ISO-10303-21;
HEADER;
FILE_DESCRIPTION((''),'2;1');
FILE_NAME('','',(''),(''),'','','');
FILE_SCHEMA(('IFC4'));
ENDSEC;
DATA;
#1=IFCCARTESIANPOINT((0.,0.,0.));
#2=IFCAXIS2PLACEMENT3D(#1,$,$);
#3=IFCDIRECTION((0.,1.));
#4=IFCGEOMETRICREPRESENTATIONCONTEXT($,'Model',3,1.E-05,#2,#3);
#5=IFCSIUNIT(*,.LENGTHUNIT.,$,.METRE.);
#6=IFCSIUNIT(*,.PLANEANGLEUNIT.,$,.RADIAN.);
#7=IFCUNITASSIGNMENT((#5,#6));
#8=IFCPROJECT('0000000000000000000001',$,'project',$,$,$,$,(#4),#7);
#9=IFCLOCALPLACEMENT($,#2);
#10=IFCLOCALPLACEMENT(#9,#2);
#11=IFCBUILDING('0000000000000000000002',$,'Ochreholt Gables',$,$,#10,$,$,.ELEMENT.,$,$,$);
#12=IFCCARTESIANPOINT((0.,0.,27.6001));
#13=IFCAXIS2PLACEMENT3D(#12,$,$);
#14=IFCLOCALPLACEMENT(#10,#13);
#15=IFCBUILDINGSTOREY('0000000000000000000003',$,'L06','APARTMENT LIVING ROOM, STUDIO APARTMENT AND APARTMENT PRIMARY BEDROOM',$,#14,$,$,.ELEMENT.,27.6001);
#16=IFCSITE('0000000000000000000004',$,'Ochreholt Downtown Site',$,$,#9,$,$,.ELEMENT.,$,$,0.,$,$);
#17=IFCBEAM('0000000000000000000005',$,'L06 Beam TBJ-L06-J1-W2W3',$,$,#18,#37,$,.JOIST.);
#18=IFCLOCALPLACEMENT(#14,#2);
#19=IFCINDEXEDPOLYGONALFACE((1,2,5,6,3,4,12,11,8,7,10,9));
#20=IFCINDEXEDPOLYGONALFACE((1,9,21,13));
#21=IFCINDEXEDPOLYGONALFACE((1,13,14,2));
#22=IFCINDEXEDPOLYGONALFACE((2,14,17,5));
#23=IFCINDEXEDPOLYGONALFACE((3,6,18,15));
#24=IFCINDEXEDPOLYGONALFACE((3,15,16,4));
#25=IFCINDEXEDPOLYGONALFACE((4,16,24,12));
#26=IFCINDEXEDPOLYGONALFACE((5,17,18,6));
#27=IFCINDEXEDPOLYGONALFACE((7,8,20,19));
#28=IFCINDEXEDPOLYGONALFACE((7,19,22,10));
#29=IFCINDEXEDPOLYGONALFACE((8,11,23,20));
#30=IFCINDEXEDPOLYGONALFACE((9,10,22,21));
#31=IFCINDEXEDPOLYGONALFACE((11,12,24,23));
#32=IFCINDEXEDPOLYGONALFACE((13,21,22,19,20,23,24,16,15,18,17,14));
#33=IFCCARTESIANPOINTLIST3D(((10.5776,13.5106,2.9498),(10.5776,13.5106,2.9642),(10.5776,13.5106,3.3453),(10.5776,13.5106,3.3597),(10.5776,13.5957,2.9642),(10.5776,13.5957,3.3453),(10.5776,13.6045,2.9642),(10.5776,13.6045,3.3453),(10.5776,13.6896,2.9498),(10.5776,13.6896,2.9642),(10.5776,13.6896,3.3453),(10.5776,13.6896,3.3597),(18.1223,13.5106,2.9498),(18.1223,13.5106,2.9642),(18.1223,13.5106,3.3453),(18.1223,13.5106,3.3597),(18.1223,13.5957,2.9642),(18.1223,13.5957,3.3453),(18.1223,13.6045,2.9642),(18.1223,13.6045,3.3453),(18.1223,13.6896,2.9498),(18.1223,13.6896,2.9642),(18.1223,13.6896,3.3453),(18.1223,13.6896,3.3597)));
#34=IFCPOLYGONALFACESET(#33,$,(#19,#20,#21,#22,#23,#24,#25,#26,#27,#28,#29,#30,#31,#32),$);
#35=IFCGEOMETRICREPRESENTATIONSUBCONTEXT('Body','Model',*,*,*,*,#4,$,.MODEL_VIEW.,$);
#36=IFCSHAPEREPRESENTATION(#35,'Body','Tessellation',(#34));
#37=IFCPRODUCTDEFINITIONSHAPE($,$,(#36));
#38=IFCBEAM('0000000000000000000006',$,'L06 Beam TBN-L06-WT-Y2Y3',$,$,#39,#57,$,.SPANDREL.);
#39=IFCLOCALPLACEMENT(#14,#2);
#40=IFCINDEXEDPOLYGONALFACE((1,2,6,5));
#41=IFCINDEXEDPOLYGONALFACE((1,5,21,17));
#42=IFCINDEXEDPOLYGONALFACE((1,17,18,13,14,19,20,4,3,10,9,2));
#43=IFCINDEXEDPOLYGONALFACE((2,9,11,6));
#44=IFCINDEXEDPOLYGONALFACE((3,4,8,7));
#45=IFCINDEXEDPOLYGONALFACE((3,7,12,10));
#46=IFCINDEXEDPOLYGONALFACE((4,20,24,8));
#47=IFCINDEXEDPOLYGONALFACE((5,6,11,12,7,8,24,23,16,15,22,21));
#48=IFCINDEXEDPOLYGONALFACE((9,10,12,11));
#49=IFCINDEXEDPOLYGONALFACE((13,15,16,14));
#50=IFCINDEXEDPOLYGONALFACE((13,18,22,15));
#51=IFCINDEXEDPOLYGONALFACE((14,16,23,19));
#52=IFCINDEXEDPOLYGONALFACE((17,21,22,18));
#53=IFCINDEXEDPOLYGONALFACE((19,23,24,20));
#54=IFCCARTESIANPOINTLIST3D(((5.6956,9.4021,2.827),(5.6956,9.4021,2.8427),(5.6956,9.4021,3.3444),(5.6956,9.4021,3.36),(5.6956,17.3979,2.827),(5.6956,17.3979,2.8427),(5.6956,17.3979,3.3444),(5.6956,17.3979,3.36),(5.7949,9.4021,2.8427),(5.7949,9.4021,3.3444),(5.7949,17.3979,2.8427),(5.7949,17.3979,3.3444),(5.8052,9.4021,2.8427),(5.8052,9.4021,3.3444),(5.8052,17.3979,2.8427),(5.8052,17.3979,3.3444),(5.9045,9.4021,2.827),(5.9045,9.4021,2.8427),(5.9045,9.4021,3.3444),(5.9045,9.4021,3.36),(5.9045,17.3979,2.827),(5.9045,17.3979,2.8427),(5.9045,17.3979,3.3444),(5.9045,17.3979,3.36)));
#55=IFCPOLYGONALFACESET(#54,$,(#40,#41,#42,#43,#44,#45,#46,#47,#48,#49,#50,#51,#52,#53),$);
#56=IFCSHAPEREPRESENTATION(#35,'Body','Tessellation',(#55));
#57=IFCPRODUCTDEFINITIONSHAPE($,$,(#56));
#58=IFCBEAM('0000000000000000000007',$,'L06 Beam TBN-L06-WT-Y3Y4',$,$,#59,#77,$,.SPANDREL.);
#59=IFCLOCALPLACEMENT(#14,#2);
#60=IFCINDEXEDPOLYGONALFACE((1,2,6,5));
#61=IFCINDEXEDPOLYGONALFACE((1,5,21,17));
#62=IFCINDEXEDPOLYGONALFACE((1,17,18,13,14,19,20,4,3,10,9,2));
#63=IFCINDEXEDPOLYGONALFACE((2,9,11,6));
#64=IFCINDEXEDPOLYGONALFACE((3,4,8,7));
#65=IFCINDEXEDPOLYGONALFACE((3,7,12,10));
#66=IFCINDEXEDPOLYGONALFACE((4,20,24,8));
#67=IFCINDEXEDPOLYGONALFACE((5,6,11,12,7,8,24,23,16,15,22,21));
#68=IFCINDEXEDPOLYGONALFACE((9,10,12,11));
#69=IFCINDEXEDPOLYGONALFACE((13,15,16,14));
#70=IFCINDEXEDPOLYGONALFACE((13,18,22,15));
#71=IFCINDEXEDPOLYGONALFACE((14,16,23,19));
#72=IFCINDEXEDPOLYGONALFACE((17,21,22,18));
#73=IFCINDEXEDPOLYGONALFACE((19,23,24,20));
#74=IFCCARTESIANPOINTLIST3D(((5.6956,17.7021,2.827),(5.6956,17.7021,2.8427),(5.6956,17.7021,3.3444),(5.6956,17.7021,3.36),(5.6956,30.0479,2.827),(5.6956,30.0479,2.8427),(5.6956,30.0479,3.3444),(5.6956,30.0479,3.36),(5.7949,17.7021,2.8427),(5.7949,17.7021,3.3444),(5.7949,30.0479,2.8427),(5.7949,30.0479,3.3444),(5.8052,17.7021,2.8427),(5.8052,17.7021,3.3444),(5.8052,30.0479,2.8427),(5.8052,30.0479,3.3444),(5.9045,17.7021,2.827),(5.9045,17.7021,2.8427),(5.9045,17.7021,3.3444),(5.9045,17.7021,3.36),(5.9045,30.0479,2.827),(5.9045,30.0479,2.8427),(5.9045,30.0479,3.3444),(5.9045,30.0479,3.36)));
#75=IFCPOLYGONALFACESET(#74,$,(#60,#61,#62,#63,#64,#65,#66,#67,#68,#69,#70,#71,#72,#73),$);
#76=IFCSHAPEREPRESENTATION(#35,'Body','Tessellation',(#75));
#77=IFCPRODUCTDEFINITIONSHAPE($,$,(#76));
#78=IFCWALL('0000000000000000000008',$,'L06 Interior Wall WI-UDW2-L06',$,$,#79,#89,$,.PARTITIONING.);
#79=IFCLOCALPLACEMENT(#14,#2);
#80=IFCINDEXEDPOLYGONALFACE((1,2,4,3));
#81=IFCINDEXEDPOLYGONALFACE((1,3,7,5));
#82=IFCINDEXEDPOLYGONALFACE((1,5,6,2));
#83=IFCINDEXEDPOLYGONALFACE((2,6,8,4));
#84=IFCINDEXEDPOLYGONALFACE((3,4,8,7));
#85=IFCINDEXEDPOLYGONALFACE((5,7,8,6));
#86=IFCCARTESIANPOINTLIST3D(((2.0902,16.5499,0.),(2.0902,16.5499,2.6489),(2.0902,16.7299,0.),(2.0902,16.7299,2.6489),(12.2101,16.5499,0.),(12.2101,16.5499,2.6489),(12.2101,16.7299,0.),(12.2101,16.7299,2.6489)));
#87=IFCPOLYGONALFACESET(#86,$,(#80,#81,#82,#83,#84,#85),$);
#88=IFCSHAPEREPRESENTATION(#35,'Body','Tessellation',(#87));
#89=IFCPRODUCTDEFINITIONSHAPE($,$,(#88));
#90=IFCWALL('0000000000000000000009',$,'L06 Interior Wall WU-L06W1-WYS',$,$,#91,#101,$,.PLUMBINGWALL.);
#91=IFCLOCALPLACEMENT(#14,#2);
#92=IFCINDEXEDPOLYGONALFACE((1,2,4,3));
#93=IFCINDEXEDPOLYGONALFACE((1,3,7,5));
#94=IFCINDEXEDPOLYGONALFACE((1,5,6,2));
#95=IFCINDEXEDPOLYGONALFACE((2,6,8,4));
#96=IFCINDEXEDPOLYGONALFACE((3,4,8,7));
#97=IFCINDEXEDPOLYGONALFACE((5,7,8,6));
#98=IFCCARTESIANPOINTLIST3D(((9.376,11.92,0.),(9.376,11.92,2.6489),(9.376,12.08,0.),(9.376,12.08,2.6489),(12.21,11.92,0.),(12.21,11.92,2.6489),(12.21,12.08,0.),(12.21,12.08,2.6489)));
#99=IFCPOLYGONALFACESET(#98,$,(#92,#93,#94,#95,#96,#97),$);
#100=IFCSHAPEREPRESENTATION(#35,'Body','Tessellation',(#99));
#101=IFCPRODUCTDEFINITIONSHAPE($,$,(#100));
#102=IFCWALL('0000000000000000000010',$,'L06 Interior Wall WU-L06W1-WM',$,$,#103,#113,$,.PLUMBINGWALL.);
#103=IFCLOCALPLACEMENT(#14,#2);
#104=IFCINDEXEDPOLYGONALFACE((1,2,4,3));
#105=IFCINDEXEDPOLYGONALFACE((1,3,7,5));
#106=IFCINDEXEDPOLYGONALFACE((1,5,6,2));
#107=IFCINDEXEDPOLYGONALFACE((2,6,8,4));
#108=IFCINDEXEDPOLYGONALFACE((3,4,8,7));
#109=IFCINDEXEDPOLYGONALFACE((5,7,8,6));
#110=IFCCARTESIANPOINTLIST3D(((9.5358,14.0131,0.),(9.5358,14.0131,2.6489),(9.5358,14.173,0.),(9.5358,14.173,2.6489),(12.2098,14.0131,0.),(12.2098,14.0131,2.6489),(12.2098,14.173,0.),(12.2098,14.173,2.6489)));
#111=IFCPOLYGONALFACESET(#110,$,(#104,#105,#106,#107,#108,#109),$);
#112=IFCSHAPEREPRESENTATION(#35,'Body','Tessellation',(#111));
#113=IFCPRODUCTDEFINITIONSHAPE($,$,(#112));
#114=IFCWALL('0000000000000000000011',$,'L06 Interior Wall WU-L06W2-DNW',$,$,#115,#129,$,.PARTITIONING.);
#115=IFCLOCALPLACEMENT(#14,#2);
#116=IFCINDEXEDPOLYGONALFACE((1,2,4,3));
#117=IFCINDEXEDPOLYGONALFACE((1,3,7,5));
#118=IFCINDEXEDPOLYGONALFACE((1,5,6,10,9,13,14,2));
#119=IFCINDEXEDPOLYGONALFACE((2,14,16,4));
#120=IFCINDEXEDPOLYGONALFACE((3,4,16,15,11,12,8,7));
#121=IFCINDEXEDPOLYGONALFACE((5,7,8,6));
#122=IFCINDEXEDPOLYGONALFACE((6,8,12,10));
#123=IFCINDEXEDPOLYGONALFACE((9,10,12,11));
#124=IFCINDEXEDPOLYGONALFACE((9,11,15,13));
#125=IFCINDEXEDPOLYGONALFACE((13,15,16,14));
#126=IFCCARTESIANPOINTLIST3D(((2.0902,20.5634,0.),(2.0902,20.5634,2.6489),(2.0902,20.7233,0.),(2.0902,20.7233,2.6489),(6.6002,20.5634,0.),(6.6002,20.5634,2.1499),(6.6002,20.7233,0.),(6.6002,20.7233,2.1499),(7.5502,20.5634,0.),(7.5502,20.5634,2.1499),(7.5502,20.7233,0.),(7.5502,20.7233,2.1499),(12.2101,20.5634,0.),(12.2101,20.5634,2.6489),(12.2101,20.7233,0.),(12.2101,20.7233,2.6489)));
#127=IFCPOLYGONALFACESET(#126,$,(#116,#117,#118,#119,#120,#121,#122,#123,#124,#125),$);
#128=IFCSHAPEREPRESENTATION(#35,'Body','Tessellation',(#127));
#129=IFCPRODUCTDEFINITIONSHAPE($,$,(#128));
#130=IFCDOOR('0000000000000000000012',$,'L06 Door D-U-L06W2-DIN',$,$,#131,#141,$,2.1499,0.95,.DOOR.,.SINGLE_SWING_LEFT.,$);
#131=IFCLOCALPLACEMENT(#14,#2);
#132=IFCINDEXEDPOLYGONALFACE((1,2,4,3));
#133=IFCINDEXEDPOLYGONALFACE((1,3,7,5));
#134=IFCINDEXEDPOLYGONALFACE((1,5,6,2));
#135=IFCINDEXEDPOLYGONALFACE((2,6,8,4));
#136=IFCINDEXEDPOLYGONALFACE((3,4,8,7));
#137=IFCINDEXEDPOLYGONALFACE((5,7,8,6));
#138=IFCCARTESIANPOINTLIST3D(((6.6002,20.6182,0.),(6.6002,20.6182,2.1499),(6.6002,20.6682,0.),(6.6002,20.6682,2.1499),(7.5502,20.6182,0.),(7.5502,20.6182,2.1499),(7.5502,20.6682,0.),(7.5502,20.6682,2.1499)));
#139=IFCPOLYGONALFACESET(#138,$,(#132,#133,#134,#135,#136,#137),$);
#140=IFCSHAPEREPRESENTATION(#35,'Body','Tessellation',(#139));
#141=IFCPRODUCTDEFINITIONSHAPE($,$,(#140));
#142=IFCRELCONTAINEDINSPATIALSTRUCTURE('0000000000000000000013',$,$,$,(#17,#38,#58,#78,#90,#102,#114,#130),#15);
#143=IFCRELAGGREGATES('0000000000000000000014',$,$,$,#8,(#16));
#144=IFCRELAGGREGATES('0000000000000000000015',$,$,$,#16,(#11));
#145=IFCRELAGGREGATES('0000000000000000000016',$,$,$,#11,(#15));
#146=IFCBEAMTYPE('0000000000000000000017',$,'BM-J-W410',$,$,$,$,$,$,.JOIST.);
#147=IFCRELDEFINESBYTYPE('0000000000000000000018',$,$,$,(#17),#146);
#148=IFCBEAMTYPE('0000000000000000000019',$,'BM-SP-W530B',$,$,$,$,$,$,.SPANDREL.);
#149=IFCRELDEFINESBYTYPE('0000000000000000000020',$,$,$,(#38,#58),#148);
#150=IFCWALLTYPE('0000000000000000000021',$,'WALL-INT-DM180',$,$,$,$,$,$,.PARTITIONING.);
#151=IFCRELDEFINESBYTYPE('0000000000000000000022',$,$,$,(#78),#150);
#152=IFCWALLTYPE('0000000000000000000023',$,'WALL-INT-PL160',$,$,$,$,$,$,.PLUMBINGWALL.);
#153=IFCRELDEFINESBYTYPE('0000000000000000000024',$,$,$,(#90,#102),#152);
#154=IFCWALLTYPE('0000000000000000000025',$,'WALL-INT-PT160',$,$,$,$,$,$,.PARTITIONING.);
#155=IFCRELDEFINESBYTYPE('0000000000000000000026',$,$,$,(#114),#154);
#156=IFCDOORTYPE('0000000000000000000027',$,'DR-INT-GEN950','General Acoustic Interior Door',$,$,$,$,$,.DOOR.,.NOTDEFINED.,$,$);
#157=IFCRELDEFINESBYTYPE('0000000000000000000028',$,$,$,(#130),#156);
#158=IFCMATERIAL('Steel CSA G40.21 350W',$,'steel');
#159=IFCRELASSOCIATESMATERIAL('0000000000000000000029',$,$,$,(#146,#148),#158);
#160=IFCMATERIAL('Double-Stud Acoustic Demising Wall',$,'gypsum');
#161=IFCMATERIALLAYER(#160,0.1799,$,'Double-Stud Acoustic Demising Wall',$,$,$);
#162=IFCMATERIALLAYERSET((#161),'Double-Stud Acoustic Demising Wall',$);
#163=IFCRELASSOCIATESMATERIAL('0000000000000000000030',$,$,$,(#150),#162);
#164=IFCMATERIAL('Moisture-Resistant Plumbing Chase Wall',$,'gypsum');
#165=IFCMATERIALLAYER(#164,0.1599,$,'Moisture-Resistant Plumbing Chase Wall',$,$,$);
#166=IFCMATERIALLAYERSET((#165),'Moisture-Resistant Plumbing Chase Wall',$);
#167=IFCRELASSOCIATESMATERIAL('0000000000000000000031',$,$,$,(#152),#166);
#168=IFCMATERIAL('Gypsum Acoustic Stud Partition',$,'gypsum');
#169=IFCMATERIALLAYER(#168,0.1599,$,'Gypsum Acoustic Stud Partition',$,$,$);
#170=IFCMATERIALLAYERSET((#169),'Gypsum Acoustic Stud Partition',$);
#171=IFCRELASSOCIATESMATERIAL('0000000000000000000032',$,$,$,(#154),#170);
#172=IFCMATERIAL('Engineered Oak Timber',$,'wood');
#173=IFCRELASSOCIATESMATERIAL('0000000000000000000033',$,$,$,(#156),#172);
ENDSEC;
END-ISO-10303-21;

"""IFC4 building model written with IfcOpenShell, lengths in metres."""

from ifc_helpers import new_model, si_unit, direction, frame, frame_2d, origin, origin_2d, place, context, subcontext, project, spatial, rectangle, i_section, extrude, material, layer, layer_set, material_profile, profile_set, type_object, element, fill, save


model = new_model("IFC4")

# Units and contexts
model_context = context("Model", 3, precision=1e-05, world=origin(), true_north=direction((0.0, 1.0)))
body_context = subcontext(model_context, "Body", "Model", "MODEL_VIEW")
ifc_project = project(units=[si_unit("LENGTHUNIT", "METRE"), si_unit("PLANEANGLEUNIT", "RADIAN")], contexts=[model_context])

# Site, building, storey
site_placement = place(None, origin())
site = spatial("IfcSite", under=ifc_project, at=site_placement, Name="Ochreholt Downtown Site", CompositionType="ELEMENT", RefElevation=0.0)
building_placement = place(site_placement, origin())
building = spatial("IfcBuilding", under=site, at=building_placement, Name="Ochreholt Gables", CompositionType="ELEMENT")
storey_placement = place(building_placement, frame((0.0, 0.0, 27.6001)))
storey = spatial("IfcBuildingStorey", under=building, at=storey_placement, Name="L06", Description="APARTMENT LIVING ROOM, STUDIO APARTMENT AND APARTMENT PRIMARY BEDROOM", CompositionType="ELEMENT", Elevation=27.6001)

# Shared definitions
ifc_material_1 = material(Name="Steel CSA G40.21 350W", Category="steel")

# Beams
ifc_material_profile_1 = material_profile(ifc_material_1, i_section(OverallWidth=0.179, OverallDepth=0.4099, WebThickness=0.0088, FlangeThickness=0.0144, at=origin_2d()), Name="W410X67")
ifc_profile_set_1 = profile_set([ifc_material_profile_1], Name="Steel CSA G40.21 350W")
beam_type_1 = type_object("IfcBeamType", Name="BM-J-W410", PredefinedType="JOIST", material=ifc_profile_set_1)
beam_1_placement = place(storey_placement, frame((10.5776, 13.6001, 3.1548), z_axis=(1.0, 0.0, 0.0), x_axis=(0.0, 1.0, 0.0)))
element("IfcBeam", 1, at=beam_1_placement, inside=storey, type_object=beam_type_1, Name="L06 Beam TBJ-L06-J1-W2W3", PredefinedType="JOIST", context=body_context, shape_type="SweptSolid", body=[
    extrude(i_section(OverallWidth=0.179, OverallDepth=0.4099, WebThickness=0.0088, FlangeThickness=0.0144, at=origin_2d()), origin(), (0.0, 0.0, 1.0), 7.5447),
])
ifc_material_profile_2 = material_profile(ifc_material_1, i_section(OverallWidth=0.209, OverallDepth=0.533, WebThickness=0.0103, FlangeThickness=0.0156, at=origin_2d()), Name="W530X92")
ifc_profile_set_2 = profile_set([ifc_material_profile_2], Name="Steel CSA G40.21 350W")
beam_type_2 = type_object("IfcBeamType", Name="BM-SP-W530B", PredefinedType="SPANDREL", material=ifc_profile_set_2)
beam_2_placement = place(storey_placement, frame((5.8, 9.4021, 3.0935), z_axis=(0.0, 1.0, 0.0), x_axis=(-1.0, 0.0, 0.0)))
element("IfcBeam", 2, at=beam_2_placement, inside=storey, type_object=beam_type_2, Name="L06 Beam TBN-L06-WT-Y2Y3", PredefinedType="SPANDREL", context=body_context, shape_type="SweptSolid", body=[
    extrude(i_section(OverallWidth=0.209, OverallDepth=0.533, WebThickness=0.0103, FlangeThickness=0.0156, at=origin_2d()), origin(), (0.0, 0.0, 1.0), 7.9958),
])
beam_3_placement = place(storey_placement, frame((5.8, 17.7021, 3.0935), z_axis=(0.0, 1.0, 0.0), x_axis=(-1.0, 0.0, 0.0)))
element("IfcBeam", 3, at=beam_3_placement, inside=storey, type_object=beam_type_2, Name="L06 Beam TBN-L06-WT-Y3Y4", PredefinedType="SPANDREL", context=body_context, shape_type="SweptSolid", body=[
    extrude(i_section(OverallWidth=0.209, OverallDepth=0.533, WebThickness=0.0103, FlangeThickness=0.0156, at=origin_2d()), origin(), (0.0, 0.0, 1.0), 12.3457),
])

# Walls
ifc_material_2 = material(Name="Double-Stud Acoustic Demising Wall", Category="gypsum")
ifc_layer_1 = layer(ifc_material_2, 0.1799, Name="Double-Stud Acoustic Demising Wall")
ifc_layer_set_1 = layer_set([ifc_layer_1], Name="Double-Stud Acoustic Demising Wall")
wall_type_1 = type_object("IfcWallType", Name="WALL-INT-DM180", PredefinedType="PARTITIONING", material=ifc_layer_set_1)
wall_1_placement = place(storey_placement, frame((2.0901, 16.6399, 0.0), z_axis=(0.0, 0.0, 1.0), x_axis=(1.0, 0.0, 0.0)))
element("IfcWall", 4, at=wall_1_placement, inside=storey, type_object=wall_type_1, Name="L06 Interior Wall WI-UDW2-L06", PredefinedType="PARTITIONING", context=body_context, shape_type="SweptSolid", body=[
    extrude(rectangle(XDim=10.1199, YDim=0.1799, at=frame_2d((5.0601, 0.0))), origin(), (0.0, 0.0, 1.0), 2.6489),
])
ifc_material_3 = material(Name="Moisture-Resistant Plumbing Chase Wall", Category="gypsum")
ifc_layer_2 = layer(ifc_material_3, 0.1599, Name="Moisture-Resistant Plumbing Chase Wall")
ifc_layer_set_2 = layer_set([ifc_layer_2], Name="Moisture-Resistant Plumbing Chase Wall")
wall_type_2 = type_object("IfcWallType", Name="WALL-INT-PL160", PredefinedType="PLUMBINGWALL", material=ifc_layer_set_2)
wall_2_placement = place(storey_placement, frame((9.376, 12.0, 0.0), z_axis=(0.0, 0.0, 1.0), x_axis=(1.0, 0.0, 0.0)))
element("IfcWall", 5, at=wall_2_placement, inside=storey, type_object=wall_type_2, Name="L06 Interior Wall WU-L06W1-WYS", PredefinedType="PLUMBINGWALL", context=body_context, shape_type="SweptSolid", body=[
    extrude(rectangle(XDim=2.834, YDim=0.1599, at=frame_2d((1.417, 0.0))), origin(), (0.0, 0.0, 1.0), 2.6489),
])

# Shared definitions
ifc_material_4 = material(Name="Engineered Oak Timber", Category="wood")

# Wall
wall_3_placement = place(storey_placement, frame((9.5359, 14.093, 0.0), z_axis=(0.0, 0.0, 1.0), x_axis=(1.0, 0.0, 0.0)))
element("IfcWall", 6, at=wall_3_placement, inside=storey, type_object=wall_type_2, Name="L06 Interior Wall WU-L06W1-WM", PredefinedType="PLUMBINGWALL", context=body_context, shape_type="SweptSolid", body=[
    extrude(rectangle(XDim=2.6741, YDim=0.1599, at=frame_2d((1.3369, 0.0))), origin(), (0.0, 0.0, 1.0), 2.6489),
])

# Wall, opening, door
ifc_material_5 = material(Name="Gypsum Acoustic Stud Partition", Category="gypsum")
ifc_layer_3 = layer(ifc_material_5, 0.1599, Name="Gypsum Acoustic Stud Partition")
ifc_layer_set_3 = layer_set([ifc_layer_3], Name="Gypsum Acoustic Stud Partition")
wall_type_3 = type_object("IfcWallType", Name="WALL-INT-PT160", PredefinedType="PARTITIONING", material=ifc_layer_set_3)
wall_4_placement = place(storey_placement, frame((2.0901, 20.6433, 0.0), z_axis=(0.0, 0.0, 1.0), x_axis=(1.0, 0.0, 0.0)))
wall_4 = element("IfcWall", 7, at=wall_4_placement, inside=storey, type_object=wall_type_3, Name="L06 Interior Wall WU-L06W2-DNW", PredefinedType="PARTITIONING", context=body_context, shape_type="SweptSolid", body=[
    extrude(rectangle(XDim=10.1199, YDim=0.1599, at=frame_2d((5.0601, 0.0))), origin(), (0.0, 0.0, 1.0), 2.6489),
])
opening_1_placement = place(wall_4_placement, frame((4.51, 0.0, 0.0)))
opening_1 = element("IfcOpeningElement", 8, at=opening_1_placement, cuts=wall_4, PredefinedType="OPENING", context=body_context, shape_type="SweptSolid", body=[
    extrude(rectangle(XDim=0.95, YDim=2.1499, at=frame_2d((0.4751, 1.075))), frame((0.0, 0.0898, 0.0), z_axis=(0.0, -1.0, 0.0), x_axis=(1.0, 0.0, 0.0)), (0.0, 0.0, 1.0), 0.1799),
])
door_type_1 = type_object("IfcDoorType", Name="DR-INT-GEN950", Description="General Acoustic Interior Door", OperationType="NOTDEFINED", PredefinedType="DOOR", material=ifc_material_4)
door_1_placement = place(opening_1_placement, origin())
door_1 = element("IfcDoor", 9, at=door_1_placement, inside=storey, type_object=door_type_1, Name="L06 Door D-U-L06W2-DIN", OperationType="SINGLE_SWING_LEFT", OverallHeight=2.1499, OverallWidth=0.95, PredefinedType="DOOR", context=body_context, shape_type="SweptSolid", body=[
    extrude(rectangle(XDim=0.95, YDim=2.1499, at=frame_2d((0.4751, 1.075))), frame((0.0, 0.0249, 0.0), z_axis=(0.0, -1.0, 0.0), x_axis=(1.0, 0.0, 0.0)), (0.0, 0.0, 1.0), 0.05),
])
fill(opening_1, door_1)

save(model, "model.ifc")
